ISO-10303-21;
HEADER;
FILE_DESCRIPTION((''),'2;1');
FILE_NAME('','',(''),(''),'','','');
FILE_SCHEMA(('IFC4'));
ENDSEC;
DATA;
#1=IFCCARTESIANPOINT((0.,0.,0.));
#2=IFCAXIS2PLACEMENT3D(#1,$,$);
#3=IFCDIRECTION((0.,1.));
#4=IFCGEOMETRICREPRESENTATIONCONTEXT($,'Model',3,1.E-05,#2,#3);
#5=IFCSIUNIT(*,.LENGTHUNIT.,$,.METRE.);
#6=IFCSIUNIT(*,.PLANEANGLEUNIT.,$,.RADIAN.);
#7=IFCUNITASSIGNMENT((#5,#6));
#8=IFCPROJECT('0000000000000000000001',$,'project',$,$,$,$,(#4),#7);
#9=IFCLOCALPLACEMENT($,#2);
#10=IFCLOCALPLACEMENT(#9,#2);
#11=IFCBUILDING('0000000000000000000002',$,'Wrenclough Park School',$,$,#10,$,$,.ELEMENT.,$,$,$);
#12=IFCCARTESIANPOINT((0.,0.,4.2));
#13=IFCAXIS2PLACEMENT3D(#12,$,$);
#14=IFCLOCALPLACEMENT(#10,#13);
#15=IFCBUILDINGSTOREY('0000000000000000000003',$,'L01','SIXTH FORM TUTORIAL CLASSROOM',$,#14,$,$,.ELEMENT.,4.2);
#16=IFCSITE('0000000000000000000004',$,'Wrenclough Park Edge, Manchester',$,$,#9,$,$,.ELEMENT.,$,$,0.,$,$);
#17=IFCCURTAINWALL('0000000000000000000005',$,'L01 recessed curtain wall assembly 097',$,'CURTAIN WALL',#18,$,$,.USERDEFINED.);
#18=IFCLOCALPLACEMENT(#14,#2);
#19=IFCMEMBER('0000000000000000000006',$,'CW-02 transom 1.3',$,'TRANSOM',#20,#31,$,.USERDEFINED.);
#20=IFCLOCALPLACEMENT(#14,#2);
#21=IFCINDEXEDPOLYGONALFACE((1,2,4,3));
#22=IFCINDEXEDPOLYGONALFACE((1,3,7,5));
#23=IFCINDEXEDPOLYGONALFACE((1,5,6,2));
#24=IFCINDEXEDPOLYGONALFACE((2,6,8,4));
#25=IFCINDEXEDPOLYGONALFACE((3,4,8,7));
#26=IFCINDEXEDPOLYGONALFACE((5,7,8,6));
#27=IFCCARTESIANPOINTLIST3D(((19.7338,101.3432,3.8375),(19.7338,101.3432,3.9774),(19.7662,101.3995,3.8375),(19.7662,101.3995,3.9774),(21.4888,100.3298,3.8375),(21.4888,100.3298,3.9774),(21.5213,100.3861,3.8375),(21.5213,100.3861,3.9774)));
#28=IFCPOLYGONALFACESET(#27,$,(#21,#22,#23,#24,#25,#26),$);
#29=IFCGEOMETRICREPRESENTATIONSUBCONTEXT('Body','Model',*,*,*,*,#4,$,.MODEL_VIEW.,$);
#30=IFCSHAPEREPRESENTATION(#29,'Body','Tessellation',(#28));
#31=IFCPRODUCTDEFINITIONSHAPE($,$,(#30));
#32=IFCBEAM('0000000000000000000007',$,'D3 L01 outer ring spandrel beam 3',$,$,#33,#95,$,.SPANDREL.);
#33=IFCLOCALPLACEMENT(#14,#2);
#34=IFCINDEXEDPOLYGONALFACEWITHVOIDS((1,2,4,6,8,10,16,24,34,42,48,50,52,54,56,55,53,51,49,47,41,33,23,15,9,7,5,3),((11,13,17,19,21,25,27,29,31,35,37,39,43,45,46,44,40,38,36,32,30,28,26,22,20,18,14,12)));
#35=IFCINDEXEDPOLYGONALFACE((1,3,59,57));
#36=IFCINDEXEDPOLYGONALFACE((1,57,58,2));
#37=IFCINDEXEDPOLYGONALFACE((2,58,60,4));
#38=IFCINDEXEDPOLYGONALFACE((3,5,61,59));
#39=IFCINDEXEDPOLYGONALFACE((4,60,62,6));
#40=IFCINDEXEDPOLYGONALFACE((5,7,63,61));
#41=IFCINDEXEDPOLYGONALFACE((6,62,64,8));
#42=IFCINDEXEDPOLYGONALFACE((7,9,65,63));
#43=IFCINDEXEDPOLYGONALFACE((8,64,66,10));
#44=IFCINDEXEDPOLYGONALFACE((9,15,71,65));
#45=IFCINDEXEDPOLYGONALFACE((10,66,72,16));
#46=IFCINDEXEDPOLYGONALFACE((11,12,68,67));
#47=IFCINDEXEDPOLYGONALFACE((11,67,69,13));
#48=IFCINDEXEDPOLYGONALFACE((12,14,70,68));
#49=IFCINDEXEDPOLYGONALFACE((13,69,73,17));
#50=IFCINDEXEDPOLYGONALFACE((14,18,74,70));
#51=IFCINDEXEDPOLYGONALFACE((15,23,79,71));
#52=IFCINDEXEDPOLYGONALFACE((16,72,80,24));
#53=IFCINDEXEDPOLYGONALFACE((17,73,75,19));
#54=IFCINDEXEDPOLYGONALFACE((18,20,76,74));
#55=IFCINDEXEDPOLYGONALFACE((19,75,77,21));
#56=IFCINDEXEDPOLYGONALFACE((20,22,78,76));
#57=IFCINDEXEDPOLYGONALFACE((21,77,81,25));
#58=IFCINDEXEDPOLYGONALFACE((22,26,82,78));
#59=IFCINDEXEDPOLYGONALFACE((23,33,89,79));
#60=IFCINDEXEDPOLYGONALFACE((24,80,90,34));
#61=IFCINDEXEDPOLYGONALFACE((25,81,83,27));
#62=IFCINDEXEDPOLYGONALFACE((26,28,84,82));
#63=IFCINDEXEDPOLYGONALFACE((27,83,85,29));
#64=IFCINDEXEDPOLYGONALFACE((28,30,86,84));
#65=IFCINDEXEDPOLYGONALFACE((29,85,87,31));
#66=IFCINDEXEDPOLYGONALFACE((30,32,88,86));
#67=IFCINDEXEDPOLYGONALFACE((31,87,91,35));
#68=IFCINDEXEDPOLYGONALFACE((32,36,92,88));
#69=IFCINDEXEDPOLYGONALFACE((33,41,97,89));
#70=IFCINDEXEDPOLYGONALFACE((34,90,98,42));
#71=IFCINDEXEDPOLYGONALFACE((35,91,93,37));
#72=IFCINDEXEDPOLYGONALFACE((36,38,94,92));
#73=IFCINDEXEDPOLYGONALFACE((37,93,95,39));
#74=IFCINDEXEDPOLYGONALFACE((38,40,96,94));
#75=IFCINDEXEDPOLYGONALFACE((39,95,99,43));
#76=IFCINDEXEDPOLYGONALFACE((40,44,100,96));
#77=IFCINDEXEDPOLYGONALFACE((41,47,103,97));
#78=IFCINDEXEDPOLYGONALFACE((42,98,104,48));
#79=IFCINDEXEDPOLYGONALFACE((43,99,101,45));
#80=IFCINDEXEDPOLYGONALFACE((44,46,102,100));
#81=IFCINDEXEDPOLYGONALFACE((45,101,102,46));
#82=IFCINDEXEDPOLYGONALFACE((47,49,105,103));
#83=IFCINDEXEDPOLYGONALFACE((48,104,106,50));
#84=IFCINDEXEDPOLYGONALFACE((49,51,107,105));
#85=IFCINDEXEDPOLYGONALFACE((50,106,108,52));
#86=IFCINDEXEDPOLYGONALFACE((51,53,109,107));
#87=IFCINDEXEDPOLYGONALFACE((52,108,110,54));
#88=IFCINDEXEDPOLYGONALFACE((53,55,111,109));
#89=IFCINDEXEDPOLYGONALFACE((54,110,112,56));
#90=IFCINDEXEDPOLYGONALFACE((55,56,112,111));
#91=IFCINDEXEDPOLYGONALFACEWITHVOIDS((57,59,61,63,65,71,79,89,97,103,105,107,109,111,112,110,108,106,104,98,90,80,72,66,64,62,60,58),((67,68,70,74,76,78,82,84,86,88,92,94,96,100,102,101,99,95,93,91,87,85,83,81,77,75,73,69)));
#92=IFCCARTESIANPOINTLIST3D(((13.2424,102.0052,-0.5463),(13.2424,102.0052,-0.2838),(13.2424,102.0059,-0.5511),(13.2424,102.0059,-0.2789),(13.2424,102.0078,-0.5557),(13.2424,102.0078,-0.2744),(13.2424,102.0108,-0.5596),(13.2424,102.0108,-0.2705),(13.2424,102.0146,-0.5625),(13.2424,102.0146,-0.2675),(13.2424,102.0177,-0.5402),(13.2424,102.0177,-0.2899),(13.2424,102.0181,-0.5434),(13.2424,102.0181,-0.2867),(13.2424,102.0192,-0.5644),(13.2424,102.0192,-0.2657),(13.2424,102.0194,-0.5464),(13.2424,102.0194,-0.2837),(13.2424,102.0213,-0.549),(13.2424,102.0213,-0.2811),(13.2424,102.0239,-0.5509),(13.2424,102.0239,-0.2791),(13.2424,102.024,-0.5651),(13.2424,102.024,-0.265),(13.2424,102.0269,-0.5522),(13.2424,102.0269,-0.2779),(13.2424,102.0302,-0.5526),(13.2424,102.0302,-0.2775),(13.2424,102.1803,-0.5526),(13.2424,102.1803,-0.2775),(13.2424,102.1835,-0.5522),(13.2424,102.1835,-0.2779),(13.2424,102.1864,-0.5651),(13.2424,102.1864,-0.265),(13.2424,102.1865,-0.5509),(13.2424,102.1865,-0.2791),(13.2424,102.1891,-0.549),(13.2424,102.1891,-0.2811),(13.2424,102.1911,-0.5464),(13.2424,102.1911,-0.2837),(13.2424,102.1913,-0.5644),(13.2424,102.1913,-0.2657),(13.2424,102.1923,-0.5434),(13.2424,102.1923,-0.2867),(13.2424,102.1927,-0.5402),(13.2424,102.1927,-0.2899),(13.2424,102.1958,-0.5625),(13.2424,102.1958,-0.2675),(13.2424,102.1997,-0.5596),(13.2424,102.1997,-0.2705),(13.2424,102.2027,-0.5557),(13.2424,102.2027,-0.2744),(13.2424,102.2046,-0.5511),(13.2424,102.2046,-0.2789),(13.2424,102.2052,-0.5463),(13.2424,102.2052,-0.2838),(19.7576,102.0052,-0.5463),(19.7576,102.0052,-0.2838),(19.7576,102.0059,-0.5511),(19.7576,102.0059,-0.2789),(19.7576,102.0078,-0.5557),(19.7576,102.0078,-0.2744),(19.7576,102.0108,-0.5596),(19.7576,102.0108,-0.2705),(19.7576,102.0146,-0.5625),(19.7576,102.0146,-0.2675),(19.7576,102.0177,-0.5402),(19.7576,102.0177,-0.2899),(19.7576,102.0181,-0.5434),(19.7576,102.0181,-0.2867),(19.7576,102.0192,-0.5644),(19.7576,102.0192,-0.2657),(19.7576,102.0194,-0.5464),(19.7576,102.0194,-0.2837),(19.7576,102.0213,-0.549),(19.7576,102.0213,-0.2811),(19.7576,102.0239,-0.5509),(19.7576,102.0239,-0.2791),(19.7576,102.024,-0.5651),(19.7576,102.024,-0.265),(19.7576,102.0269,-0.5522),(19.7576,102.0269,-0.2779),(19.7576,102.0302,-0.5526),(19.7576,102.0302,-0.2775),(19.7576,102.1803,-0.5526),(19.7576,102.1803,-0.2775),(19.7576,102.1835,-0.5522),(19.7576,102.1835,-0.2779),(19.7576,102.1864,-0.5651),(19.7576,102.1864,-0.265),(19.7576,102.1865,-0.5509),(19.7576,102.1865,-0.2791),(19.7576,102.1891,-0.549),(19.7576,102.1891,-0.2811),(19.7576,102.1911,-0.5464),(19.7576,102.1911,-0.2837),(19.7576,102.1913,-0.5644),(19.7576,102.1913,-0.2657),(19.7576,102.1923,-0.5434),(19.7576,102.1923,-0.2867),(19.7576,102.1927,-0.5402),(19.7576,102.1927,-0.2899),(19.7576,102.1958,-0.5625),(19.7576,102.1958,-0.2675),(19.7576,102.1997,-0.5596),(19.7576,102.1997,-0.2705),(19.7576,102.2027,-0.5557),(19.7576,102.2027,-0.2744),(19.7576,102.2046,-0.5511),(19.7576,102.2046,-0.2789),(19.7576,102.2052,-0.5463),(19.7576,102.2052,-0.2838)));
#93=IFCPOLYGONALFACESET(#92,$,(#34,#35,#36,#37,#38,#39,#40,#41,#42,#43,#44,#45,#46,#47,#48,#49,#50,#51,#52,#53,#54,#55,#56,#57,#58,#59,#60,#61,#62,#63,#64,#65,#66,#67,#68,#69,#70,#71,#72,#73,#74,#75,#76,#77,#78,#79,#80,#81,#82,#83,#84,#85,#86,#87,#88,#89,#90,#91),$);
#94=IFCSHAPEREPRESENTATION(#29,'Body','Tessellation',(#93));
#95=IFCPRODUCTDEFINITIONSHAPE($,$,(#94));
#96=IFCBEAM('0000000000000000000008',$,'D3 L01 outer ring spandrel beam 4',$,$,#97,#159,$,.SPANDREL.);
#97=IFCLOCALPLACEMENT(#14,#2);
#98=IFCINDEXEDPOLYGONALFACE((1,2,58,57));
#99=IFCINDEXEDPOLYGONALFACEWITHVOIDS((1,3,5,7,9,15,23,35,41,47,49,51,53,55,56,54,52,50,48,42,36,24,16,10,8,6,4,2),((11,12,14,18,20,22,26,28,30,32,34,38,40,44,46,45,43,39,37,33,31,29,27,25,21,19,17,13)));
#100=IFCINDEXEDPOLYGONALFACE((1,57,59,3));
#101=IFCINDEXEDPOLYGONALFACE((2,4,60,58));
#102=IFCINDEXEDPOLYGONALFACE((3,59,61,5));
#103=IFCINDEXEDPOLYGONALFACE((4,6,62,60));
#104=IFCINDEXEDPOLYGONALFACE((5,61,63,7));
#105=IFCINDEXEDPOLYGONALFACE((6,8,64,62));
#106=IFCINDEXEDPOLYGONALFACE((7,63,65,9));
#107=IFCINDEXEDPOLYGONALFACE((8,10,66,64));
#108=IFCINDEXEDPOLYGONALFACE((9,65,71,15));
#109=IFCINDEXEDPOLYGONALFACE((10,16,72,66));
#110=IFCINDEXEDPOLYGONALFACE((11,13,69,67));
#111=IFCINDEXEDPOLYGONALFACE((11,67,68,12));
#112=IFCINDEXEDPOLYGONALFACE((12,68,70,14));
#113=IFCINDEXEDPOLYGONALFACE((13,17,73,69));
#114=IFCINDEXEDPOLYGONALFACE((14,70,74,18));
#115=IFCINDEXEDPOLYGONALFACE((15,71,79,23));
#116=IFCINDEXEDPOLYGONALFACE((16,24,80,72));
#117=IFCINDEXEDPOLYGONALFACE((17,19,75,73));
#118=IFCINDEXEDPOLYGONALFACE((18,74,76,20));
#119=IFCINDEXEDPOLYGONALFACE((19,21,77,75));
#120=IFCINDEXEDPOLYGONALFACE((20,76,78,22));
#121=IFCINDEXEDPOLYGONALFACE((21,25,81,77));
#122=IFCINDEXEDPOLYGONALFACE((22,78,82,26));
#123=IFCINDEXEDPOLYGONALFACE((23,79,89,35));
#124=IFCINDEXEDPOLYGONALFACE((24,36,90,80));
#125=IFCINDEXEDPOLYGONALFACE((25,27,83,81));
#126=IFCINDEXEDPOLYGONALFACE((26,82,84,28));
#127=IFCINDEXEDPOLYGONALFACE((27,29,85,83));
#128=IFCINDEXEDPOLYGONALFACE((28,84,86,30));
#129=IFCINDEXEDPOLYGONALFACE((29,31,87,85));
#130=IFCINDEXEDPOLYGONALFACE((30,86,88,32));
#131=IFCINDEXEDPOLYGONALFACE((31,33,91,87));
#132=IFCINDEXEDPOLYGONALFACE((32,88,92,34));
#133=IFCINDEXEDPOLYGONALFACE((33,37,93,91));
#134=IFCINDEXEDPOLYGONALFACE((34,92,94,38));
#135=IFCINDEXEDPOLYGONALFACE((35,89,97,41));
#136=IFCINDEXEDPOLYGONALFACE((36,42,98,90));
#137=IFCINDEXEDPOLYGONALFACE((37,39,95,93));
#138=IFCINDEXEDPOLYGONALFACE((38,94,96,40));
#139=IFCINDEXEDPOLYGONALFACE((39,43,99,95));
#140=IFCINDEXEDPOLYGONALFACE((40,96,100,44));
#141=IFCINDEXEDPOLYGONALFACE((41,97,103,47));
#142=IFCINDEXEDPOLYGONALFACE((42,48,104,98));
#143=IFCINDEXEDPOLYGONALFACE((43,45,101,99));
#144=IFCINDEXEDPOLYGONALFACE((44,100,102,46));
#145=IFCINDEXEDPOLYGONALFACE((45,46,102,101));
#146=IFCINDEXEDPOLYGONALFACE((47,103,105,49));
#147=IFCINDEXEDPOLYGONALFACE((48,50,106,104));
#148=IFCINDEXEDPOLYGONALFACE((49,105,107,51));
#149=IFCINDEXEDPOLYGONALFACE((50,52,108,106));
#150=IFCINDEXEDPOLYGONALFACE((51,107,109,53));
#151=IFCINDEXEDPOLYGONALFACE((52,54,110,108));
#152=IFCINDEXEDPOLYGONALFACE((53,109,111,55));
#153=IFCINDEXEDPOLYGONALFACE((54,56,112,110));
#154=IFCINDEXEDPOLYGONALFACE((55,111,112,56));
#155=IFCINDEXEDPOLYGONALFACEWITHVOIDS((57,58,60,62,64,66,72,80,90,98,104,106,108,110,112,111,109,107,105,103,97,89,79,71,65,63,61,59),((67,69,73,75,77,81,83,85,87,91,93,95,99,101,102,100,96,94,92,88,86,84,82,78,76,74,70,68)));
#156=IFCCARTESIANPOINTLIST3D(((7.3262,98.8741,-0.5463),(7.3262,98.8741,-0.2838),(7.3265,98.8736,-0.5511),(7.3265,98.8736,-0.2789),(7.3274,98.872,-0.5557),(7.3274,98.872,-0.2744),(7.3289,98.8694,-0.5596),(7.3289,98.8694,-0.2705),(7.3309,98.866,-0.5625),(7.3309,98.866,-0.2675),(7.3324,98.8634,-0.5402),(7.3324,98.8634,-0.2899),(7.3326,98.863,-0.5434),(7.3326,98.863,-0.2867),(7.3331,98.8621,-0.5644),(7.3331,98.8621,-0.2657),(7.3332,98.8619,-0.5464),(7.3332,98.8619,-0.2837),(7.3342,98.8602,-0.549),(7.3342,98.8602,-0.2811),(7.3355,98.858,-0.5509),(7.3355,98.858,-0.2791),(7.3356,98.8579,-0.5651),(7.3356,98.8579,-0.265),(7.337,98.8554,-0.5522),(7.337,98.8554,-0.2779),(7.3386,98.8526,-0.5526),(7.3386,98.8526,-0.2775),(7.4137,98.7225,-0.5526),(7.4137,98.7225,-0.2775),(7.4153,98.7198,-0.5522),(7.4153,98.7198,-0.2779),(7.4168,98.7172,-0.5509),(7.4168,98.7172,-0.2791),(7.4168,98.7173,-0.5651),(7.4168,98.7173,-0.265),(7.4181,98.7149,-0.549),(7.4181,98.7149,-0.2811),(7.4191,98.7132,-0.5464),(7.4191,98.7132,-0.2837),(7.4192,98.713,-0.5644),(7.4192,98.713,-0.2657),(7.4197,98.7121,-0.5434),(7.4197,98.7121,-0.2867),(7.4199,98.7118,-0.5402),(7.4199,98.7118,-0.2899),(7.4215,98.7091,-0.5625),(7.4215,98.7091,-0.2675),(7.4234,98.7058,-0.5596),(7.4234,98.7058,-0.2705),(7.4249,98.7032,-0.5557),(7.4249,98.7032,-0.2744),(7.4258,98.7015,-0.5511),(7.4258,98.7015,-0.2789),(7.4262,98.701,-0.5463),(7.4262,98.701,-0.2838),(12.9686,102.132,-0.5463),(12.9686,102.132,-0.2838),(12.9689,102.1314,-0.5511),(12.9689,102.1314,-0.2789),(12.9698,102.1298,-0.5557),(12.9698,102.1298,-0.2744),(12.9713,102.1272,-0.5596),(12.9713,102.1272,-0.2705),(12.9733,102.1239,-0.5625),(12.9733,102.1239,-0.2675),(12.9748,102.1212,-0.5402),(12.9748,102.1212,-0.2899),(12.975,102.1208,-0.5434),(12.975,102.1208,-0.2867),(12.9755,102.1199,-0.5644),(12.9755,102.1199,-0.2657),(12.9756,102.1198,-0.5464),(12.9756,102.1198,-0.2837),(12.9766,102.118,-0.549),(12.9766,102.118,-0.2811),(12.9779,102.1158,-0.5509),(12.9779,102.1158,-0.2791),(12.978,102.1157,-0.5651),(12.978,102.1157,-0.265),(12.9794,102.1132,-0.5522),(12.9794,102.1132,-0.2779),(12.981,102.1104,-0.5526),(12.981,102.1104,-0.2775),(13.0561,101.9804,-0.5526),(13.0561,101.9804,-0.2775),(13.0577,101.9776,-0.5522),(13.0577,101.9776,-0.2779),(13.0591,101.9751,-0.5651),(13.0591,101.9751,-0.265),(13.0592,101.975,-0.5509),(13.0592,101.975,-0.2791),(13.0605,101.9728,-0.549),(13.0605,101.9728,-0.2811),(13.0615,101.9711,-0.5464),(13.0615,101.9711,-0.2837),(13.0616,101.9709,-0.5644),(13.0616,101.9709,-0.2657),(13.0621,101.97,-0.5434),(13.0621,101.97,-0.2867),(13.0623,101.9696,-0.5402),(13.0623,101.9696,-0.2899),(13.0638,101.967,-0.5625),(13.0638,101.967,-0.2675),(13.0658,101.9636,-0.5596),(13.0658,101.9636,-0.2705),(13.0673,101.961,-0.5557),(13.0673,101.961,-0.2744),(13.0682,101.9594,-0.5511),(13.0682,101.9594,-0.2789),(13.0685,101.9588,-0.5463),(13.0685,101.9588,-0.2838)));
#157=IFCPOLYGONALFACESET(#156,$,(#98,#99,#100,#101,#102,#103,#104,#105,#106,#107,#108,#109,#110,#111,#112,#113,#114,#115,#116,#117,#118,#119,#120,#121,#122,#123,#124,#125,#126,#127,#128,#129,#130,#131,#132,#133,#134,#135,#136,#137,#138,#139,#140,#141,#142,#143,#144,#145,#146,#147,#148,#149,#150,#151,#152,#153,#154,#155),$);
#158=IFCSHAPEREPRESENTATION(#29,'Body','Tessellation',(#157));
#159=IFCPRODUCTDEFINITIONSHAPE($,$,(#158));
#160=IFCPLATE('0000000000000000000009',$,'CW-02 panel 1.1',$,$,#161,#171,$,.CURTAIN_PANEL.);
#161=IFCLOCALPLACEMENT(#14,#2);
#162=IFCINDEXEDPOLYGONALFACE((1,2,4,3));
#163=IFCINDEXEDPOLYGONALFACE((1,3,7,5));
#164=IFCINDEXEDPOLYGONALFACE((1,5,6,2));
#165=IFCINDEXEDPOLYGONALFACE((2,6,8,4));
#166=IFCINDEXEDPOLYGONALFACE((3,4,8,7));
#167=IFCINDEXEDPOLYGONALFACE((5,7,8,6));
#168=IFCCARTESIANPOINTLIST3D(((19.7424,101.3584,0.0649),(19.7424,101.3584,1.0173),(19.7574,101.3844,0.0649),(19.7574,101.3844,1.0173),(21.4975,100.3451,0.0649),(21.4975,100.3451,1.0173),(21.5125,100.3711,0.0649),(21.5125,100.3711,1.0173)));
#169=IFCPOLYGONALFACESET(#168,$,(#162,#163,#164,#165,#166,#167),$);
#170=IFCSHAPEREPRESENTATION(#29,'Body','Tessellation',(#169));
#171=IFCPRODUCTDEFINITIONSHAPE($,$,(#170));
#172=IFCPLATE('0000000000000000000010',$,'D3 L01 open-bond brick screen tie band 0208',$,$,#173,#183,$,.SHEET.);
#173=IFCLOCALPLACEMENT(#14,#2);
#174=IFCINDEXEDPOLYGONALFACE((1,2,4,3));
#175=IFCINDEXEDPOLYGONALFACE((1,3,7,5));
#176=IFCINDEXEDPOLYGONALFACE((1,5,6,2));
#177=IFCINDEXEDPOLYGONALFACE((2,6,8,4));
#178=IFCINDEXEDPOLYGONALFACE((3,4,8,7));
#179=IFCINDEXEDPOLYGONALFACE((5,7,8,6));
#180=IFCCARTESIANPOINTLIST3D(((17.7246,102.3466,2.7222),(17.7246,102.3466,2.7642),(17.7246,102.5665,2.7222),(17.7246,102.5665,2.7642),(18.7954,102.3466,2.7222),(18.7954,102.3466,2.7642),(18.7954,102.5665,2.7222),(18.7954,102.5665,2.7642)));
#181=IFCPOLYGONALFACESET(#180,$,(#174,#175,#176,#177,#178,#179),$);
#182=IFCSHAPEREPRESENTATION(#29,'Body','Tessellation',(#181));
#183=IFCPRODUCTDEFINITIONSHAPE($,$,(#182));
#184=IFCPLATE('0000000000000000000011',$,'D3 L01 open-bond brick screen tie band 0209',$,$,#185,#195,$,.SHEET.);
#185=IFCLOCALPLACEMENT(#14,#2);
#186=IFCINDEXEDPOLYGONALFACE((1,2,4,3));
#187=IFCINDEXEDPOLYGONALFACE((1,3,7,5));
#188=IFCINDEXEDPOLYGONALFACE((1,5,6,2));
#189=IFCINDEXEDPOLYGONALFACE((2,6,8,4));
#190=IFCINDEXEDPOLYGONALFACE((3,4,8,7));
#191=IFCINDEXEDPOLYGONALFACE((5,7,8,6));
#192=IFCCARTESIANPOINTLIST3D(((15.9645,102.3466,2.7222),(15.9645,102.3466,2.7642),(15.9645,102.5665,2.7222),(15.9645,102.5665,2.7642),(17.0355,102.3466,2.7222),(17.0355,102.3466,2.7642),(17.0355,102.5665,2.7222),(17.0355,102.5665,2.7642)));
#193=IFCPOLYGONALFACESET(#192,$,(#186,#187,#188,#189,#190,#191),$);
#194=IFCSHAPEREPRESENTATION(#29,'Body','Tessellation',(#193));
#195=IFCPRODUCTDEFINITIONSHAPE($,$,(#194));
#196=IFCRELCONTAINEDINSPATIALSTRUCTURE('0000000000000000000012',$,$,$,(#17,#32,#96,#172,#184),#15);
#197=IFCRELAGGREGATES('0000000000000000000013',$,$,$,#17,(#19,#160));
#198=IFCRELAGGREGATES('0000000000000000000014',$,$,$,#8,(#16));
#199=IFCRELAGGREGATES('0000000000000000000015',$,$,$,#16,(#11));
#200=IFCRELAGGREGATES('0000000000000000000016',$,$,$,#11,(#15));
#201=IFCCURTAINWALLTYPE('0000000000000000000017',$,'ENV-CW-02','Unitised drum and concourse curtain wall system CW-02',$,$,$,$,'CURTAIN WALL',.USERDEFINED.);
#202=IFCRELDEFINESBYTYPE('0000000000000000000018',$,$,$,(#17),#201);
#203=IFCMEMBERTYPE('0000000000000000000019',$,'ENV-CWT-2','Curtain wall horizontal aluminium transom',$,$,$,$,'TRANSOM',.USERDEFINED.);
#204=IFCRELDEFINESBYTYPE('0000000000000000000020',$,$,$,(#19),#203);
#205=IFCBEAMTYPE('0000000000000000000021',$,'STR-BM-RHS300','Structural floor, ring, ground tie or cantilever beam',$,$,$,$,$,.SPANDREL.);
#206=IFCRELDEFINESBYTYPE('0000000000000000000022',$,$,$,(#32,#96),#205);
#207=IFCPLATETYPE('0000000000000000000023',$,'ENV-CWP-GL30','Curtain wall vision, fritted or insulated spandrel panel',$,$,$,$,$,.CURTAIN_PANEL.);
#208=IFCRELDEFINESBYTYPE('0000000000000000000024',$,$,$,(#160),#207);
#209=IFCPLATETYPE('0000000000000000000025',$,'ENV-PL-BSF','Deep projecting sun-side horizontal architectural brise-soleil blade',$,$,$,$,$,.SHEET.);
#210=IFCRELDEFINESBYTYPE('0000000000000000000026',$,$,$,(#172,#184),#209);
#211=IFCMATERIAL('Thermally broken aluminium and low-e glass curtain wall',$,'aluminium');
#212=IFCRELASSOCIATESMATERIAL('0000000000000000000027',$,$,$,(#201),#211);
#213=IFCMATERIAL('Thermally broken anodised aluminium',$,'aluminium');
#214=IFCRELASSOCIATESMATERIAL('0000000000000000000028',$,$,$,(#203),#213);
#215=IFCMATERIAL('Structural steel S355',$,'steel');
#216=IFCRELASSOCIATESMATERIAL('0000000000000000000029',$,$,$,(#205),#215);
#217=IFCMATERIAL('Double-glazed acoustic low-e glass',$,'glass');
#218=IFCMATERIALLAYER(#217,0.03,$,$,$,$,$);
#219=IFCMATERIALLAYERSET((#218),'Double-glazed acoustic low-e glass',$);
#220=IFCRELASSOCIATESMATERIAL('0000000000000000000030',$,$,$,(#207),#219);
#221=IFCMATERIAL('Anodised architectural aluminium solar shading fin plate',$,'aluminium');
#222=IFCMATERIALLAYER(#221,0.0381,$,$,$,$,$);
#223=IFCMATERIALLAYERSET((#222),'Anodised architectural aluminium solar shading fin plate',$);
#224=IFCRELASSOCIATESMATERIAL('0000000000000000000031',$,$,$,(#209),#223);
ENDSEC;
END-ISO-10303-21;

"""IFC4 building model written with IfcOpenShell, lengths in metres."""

from ifc_helpers import new_model, si_unit, direction, frame, origin, origin_2d, place, context, subcontext, project, spatial, rectangle, hollow_rectangle, extrude, material, layer, layer_set, material_profile, profile_set, type_object, element, aggregate, save


model = new_model("IFC4")

# Units and contexts
model_context = context("Model", 3, precision=1e-05, world=origin(), true_north=direction((0.0, 1.0)))
body_context = subcontext(model_context, "Body", "Model", "MODEL_VIEW")
ifc_project = project(units=[si_unit("LENGTHUNIT", "METRE"), si_unit("PLANEANGLEUNIT", "RADIAN")], contexts=[model_context])

# Site, building, storey
site_placement = place(None, origin())
site = spatial("IfcSite", under=ifc_project, at=site_placement, Name="Wrenclough Park Edge, Manchester", CompositionType="ELEMENT", RefElevation=0.0)
building_placement = place(site_placement, origin())
building = spatial("IfcBuilding", under=site, at=building_placement, Name="Wrenclough Park School", CompositionType="ELEMENT")
storey_placement = place(building_placement, frame((0.0, 0.0, 4.2)))
storey = spatial("IfcBuildingStorey", under=building, at=storey_placement, Name="L01", Description="SIXTH FORM TUTORIAL CLASSROOM", CompositionType="ELEMENT", Elevation=4.2)

# Shared definitions
ifc_material_1 = material(Name="Structural steel S355", Category="steel")

# Shared definitions
ifc_material_2 = material(Name="Thermally broken aluminium and low-e glass curtain wall", Category="aluminium")
ifc_material_3 = material(Name="Thermally broken anodised aluminium", Category="aluminium")

# Curtain wall, member
curtain_wall_type_1 = type_object("IfcCurtainWallType", Name="ENV-CW-02", Description="Unitised drum and concourse curtain wall system CW-02", ElementType="CURTAIN WALL", PredefinedType="USERDEFINED", material=ifc_material_2)
curtain_wall_1_placement = place(storey_placement, origin())
curtain_wall_1 = element("IfcCurtainWall", 1, at=curtain_wall_1_placement, inside=storey, type_object=curtain_wall_type_1, Name="L01 recessed curtain wall assembly 097", ObjectType="CURTAIN WALL", PredefinedType="USERDEFINED")
ifc_material_profile_1 = material_profile(ifc_material_3, rectangle(XDim=0.0649, YDim=0.1399, at=origin_2d()), Name="AL TRANSOM 65x140")
ifc_profile_set_1 = profile_set([ifc_material_profile_1], Name="Thermally broken anodised aluminium")
member_type_1 = type_object("IfcMemberType", Name="ENV-CWT-2", Description="Curtain wall horizontal aluminium transom", ElementType="TRANSOM", PredefinedType="USERDEFINED", material=ifc_profile_set_1)
member_1_placement = place(storey_placement, frame((19.75, 101.3713, 3.9075), z_axis=(0.866003, -0.500039, 0.0), x_axis=(0.500039, 0.866003, 0.0)))
member_1 = element("IfcMember", 2, at=member_1_placement, type_object=member_type_1, Name="CW-02 transom 1.3", ObjectType="TRANSOM", PredefinedType="USERDEFINED", context=body_context, shape_type="SweptSolid", body=[
    extrude(rectangle(XDim=0.0649, YDim=0.1399, at=origin_2d()), origin(), (0.0, 0.0, 1.0), 2.0266),
])

# Beams
ifc_material_profile_2 = material_profile(ifc_material_1, hollow_rectangle(XDim=0.2, YDim=0.3, WallThickness=0.0125, InnerFilletRadius=0.0125, OuterFilletRadius=0.0188, at=origin_2d()), Name="RHS 300x200x12.5")
ifc_profile_set_2 = profile_set([ifc_material_profile_2], Name="Structural steel S355")
beam_type = type_object("IfcBeamType", Name="STR-BM-RHS300", Description="Structural floor, ring, ground tie or cantilever beam", PredefinedType="SPANDREL", material=ifc_profile_set_2)
beam_1_placement = place(storey_placement, frame((19.7576, 102.1052, -0.415), z_axis=(-1.0, 0.0, 0.0), x_axis=(0.0, -1.0, 0.0)))
element("IfcBeam", 3, at=beam_1_placement, inside=storey, type_object=beam_type, Name="D3 L01 outer ring spandrel beam 3", PredefinedType="SPANDREL", context=body_context, shape_type="SweptSolid", body=[
    extrude(hollow_rectangle(XDim=0.2, YDim=0.3, WallThickness=0.0125, InnerFilletRadius=0.0125, OuterFilletRadius=0.0188, at=origin_2d()), origin(), (0.0, 0.0, 1.0), 6.5151),
])
beam_2_placement = place(storey_placement, frame((13.0186, 102.0454, -0.415), z_axis=(-0.866011, -0.500024, 0.0), x_axis=(0.500024, -0.866011, 0.0)))
element("IfcBeam", 4, at=beam_2_placement, inside=storey, type_object=beam_type, Name="D3 L01 outer ring spandrel beam 4", PredefinedType="SPANDREL", context=body_context, shape_type="SweptSolid", body=[
    extrude(hollow_rectangle(XDim=0.2, YDim=0.3, WallThickness=0.0125, InnerFilletRadius=0.0125, OuterFilletRadius=0.0188, at=origin_2d()), origin(), (0.0, 0.0, 1.0), 6.5154),
])

# Plate
ifc_material_4 = material(Name="Double-glazed acoustic low-e glass", Category="glass")
ifc_layer_1 = layer(ifc_material_4, 0.03)
ifc_layer_set_1 = layer_set([ifc_layer_1], Name="Double-glazed acoustic low-e glass")
plate_type_1 = type_object("IfcPlateType", Name="ENV-CWP-GL30", Description="Curtain wall vision, fritted or insulated spandrel panel", PredefinedType="CURTAIN_PANEL", material=ifc_layer_set_1)
plate_1_placement = place(storey_placement, frame((20.6274, 100.8647, 0.0649), z_axis=(0.0, 0.0, 1.0), x_axis=(0.866026, -0.499999, 0.0)))
plate_1 = element("IfcPlate", 5, at=plate_1_placement, type_object=plate_type_1, Name="CW-02 panel 1.1", PredefinedType="CURTAIN_PANEL", context=body_context, shape_type="SweptSolid", body=[
    extrude(rectangle(XDim=2.0266, YDim=0.03, at=origin_2d()), origin(), (0.0, 0.0, 1.0), 0.9524),
])
aggregate(curtain_wall_1, [member_1, plate_1])

# Plates
ifc_material_5 = material(Name="Anodised architectural aluminium solar shading fin plate", Category="aluminium")
ifc_layer_2 = layer(ifc_material_5, 0.0381)
ifc_layer_set_2 = layer_set([ifc_layer_2], Name="Anodised architectural aluminium solar shading fin plate")
plate_type_2 = type_object("IfcPlateType", Name="ENV-PL-BSF", Description="Deep projecting sun-side horizontal architectural brise-soleil blade", PredefinedType="SHEET", material=ifc_layer_set_2)
plate_2_placement = place(storey_placement, frame((18.26, 102.4565, 2.7222), z_axis=(0.0, 0.0, 1.0), x_axis=(-1.0, 0.0, 0.0)))
element("IfcPlate", 6, at=plate_2_placement, inside=storey, type_object=plate_type_2, Name="D3 L01 open-bond brick screen tie band 0208", PredefinedType="SHEET", context=body_context, shape_type="SweptSolid", body=[
    extrude(rectangle(XDim=1.0708, YDim=0.22, at=origin_2d()), origin(), (0.0, 0.0, 1.0), 0.042),
])
plate_3_placement = place(storey_placement, frame((16.5, 102.4565, 2.7222), z_axis=(0.0, 0.0, 1.0), x_axis=(-1.0, 0.0, 0.0)))
element("IfcPlate", 7, at=plate_3_placement, inside=storey, type_object=plate_type_2, Name="D3 L01 open-bond brick screen tie band 0209", PredefinedType="SHEET", context=body_context, shape_type="SweptSolid", body=[
    extrude(rectangle(XDim=1.071, YDim=0.22, at=origin_2d()), origin(), (0.0, 0.0, 1.0), 0.042),
])

save(model, "model.ifc")
